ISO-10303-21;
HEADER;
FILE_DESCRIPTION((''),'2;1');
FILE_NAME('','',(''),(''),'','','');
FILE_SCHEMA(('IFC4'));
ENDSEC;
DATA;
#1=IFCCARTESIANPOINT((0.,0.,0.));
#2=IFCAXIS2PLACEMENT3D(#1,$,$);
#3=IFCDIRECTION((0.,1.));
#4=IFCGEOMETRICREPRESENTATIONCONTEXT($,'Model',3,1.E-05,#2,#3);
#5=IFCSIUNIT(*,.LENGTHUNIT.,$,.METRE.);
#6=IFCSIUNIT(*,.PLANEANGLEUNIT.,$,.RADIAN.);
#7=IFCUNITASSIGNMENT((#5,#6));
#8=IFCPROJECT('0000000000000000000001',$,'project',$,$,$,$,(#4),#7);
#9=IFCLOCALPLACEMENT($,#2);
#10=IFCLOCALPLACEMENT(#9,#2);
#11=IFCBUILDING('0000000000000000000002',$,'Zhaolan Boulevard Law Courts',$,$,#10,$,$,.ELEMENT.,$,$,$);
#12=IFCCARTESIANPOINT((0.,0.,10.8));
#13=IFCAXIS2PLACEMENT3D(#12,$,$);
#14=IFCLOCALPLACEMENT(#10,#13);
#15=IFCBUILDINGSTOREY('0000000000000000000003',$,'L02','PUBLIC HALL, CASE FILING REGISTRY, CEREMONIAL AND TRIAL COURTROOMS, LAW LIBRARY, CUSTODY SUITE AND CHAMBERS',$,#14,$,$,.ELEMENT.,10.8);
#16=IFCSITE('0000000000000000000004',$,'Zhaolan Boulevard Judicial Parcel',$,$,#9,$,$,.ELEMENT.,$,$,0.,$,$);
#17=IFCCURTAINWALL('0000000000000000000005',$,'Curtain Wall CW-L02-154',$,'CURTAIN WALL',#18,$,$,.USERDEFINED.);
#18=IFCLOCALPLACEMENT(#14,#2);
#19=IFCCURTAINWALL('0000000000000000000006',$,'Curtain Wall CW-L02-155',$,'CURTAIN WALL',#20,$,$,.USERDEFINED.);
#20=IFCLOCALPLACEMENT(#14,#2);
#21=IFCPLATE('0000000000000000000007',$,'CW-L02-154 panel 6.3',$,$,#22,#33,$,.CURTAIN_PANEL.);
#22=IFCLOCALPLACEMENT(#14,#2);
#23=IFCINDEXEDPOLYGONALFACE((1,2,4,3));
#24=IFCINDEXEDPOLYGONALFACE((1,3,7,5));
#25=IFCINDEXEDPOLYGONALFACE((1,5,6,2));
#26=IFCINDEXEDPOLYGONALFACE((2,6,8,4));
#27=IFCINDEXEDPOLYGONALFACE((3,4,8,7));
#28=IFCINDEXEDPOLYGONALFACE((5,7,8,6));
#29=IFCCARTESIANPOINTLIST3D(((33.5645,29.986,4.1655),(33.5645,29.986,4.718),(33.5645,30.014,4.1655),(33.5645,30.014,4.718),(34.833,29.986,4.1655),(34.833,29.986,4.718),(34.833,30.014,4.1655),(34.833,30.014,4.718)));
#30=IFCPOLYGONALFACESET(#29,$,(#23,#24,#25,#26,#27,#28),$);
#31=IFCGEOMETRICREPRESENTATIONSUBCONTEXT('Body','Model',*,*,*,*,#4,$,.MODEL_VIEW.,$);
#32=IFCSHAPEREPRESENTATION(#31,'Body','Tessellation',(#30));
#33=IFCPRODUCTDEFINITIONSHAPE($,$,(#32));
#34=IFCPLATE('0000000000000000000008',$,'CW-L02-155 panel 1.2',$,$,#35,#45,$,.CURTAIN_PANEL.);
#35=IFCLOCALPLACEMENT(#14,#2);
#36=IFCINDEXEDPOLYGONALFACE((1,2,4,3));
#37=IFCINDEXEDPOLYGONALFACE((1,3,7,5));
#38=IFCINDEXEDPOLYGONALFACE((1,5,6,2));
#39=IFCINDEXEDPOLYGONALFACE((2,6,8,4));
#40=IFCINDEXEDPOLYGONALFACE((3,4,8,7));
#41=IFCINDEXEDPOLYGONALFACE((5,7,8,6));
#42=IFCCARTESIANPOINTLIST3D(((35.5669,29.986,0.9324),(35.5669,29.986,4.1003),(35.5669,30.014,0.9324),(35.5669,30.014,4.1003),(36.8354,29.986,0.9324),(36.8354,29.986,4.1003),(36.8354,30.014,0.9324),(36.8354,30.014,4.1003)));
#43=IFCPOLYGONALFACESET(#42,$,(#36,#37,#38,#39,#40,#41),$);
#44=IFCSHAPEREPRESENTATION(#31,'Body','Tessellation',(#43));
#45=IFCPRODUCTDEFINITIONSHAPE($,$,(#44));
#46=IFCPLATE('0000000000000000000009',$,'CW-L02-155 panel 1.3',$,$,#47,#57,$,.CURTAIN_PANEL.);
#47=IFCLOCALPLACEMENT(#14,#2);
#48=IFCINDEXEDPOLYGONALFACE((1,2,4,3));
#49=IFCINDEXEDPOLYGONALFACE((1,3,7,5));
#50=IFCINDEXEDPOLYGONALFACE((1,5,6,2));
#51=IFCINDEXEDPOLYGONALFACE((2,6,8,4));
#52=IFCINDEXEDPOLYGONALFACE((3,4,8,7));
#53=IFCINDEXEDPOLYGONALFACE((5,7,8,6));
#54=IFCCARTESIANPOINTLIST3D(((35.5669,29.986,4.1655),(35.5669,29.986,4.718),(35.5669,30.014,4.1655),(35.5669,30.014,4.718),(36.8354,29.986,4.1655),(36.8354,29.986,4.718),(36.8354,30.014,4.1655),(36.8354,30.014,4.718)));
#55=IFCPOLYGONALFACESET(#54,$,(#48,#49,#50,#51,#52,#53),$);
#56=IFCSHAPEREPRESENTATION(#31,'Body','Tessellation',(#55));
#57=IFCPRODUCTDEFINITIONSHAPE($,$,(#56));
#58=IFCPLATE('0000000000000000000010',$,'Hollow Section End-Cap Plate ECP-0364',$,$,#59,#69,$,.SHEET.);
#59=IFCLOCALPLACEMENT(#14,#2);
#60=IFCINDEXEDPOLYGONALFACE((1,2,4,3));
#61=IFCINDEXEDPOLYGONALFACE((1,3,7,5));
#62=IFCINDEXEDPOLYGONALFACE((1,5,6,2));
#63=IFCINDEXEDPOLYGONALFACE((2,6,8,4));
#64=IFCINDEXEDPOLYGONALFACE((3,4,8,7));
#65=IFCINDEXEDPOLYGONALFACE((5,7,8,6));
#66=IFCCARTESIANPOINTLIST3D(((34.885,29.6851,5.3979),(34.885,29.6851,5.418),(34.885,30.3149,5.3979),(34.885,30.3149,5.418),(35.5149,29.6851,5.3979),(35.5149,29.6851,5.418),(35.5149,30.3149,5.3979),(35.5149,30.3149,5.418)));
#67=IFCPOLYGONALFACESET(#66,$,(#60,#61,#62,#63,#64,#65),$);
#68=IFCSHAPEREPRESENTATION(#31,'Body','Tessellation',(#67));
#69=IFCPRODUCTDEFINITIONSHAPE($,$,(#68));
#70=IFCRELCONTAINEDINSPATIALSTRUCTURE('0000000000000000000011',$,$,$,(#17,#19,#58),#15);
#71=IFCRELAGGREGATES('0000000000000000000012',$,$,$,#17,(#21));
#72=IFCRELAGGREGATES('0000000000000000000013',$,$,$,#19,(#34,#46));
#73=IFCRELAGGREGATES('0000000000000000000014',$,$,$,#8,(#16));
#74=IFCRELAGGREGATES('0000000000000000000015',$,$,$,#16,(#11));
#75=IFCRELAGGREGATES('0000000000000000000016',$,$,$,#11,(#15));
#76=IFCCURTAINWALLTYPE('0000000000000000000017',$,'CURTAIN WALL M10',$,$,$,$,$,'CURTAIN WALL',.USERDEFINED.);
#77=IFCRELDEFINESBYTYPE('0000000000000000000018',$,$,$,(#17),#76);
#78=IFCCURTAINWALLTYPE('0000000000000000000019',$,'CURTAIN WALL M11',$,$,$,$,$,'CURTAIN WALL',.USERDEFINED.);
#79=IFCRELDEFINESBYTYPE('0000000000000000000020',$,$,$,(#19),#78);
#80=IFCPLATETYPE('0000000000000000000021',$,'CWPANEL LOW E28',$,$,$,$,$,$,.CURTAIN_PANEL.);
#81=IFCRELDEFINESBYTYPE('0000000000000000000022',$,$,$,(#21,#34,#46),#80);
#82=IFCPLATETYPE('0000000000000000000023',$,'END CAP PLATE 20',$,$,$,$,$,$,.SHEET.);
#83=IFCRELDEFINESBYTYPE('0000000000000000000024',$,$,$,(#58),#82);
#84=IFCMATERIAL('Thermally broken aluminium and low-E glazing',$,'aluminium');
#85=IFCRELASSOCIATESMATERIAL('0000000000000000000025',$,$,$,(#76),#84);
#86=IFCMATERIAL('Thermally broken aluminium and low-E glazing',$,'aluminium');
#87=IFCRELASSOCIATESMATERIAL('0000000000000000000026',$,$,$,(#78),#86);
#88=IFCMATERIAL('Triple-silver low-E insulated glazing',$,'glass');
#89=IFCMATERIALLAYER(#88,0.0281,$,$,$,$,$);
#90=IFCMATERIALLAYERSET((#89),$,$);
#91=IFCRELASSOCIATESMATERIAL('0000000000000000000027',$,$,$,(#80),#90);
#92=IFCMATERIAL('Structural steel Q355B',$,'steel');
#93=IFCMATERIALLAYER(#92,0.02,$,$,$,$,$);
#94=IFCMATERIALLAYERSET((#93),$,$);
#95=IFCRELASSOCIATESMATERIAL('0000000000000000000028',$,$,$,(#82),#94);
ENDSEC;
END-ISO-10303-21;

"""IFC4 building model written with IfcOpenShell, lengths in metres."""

from ifc_helpers import new_model, si_unit, direction, frame, origin, origin_2d, place, context, subcontext, project, spatial, rectangle, extrude, material, layer, layer_set, type_object, element, aggregate, save


model = new_model("IFC4")

# Units and contexts
model_context = context("Model", 3, precision=1e-05, world=origin(), true_north=direction((0.0, 1.0)))
body_context = subcontext(model_context, "Body", "Model", "MODEL_VIEW")
ifc_project = project(units=[si_unit("LENGTHUNIT", "METRE"), si_unit("PLANEANGLEUNIT", "RADIAN")], contexts=[model_context])

# Site, building, storey
site_placement = place(None, origin())
site = spatial("IfcSite", under=ifc_project, at=site_placement, Name="Zhaolan Boulevard Judicial Parcel", CompositionType="ELEMENT", RefElevation=0.0)
building_placement = place(site_placement, origin())
building = spatial("IfcBuilding", under=site, at=building_placement, Name="Zhaolan Boulevard Law Courts", CompositionType="ELEMENT")
storey_placement = place(building_placement, frame((0.0, 0.0, 10.8)))
storey = spatial("IfcBuildingStorey", under=building, at=storey_placement, Name="L02", Description="PUBLIC HALL, CASE FILING REGISTRY, CEREMONIAL AND TRIAL COURTROOMS, LAW LIBRARY, CUSTODY SUITE AND CHAMBERS", CompositionType="ELEMENT", Elevation=10.8)

# Curtain walls
ifc_material_1 = material(Name="Thermally broken aluminium and low-E glazing", Category="aluminium")
curtain_wall_type_1 = type_object("IfcCurtainWallType", Name="CURTAIN WALL M10", ElementType="CURTAIN WALL", PredefinedType="USERDEFINED", material=ifc_material_1)
curtain_wall_1_placement = place(storey_placement, origin())
curtain_wall_1 = element("IfcCurtainWall", 1, at=curtain_wall_1_placement, inside=storey, type_object=curtain_wall_type_1, Name="Curtain Wall CW-L02-154", ObjectType="CURTAIN WALL", PredefinedType="USERDEFINED")
ifc_material_2 = material(Name="Thermally broken aluminium and low-E glazing", Category="aluminium")
curtain_wall_type_2 = type_object("IfcCurtainWallType", Name="CURTAIN WALL M11", ElementType="CURTAIN WALL", PredefinedType="USERDEFINED", material=ifc_material_2)
curtain_wall_2_placement = place(storey_placement, origin())
curtain_wall_2 = element("IfcCurtainWall", 2, at=curtain_wall_2_placement, inside=storey, type_object=curtain_wall_type_2, Name="Curtain Wall CW-L02-155", ObjectType="CURTAIN WALL", PredefinedType="USERDEFINED")

# Plates
ifc_material_3 = material(Name="Triple-silver low-E insulated glazing", Category="glass")
ifc_layer_1 = layer(ifc_material_3, 0.0281)
ifc_layer_set_1 = layer_set([ifc_layer_1])
plate_type_1 = type_object("IfcPlateType", Name="CWPANEL LOW E28", PredefinedType="CURTAIN_PANEL", material=ifc_layer_set_1)
plate_1_placement = place(storey_placement, frame((34.1987, 30.0, 4.1655), z_axis=(0.0, 0.0, 1.0), x_axis=(1.0, 0.0, 0.0)))
plate_1 = element("IfcPlate", 3, at=plate_1_placement, type_object=plate_type_1, Name="CW-L02-154 panel 6.3", PredefinedType="CURTAIN_PANEL", context=body_context, shape_type="SweptSolid", body=[
    extrude(rectangle(XDim=1.2686, YDim=0.0281, at=origin_2d()), origin(), (0.0, 0.0, 1.0), 0.5525),
])
aggregate(curtain_wall_1, [plate_1])
plate_2_placement = place(storey_placement, frame((36.2012, 30.0, 0.9324), z_axis=(0.0, 0.0, 1.0), x_axis=(1.0, 0.0, 0.0)))
plate_2 = element("IfcPlate", 4, at=plate_2_placement, type_object=plate_type_1, Name="CW-L02-155 panel 1.2", PredefinedType="CURTAIN_PANEL", context=body_context, shape_type="SweptSolid", body=[
    extrude(rectangle(XDim=1.2686, YDim=0.0281, at=origin_2d()), origin(), (0.0, 0.0, 1.0), 3.168),
])
plate_3_placement = place(storey_placement, frame((36.2012, 30.0, 4.1655), z_axis=(0.0, 0.0, 1.0), x_axis=(1.0, 0.0, 0.0)))
plate_3 = element("IfcPlate", 5, at=plate_3_placement, type_object=plate_type_1, Name="CW-L02-155 panel 1.3", PredefinedType="CURTAIN_PANEL", context=body_context, shape_type="SweptSolid", body=[
    extrude(rectangle(XDim=1.2686, YDim=0.0281, at=origin_2d()), origin(), (0.0, 0.0, 1.0), 0.5525),
])
aggregate(curtain_wall_2, [plate_2, plate_3])
ifc_material_4 = material(Name="Structural steel Q355B", Category="steel")
ifc_layer_2 = layer(ifc_material_4, 0.02)
ifc_layer_set_2 = layer_set([ifc_layer_2])
plate_type_2 = type_object("IfcPlateType", Name="END CAP PLATE 20", PredefinedType="SHEET", material=ifc_layer_set_2)
plate_4_placement = place(storey_placement, frame((35.2, 30.0, 5.3979), z_axis=(0.0, 0.0, 1.0), x_axis=(1.0, 0.0, 0.0)))
element("IfcPlate", 6, at=plate_4_placement, inside=storey, type_object=plate_type_2, Name="Hollow Section End-Cap Plate ECP-0364", PredefinedType="SHEET", context=body_context, shape_type="SweptSolid", body=[
    extrude(rectangle(XDim=0.6299, YDim=0.6299, at=origin_2d()), origin(), (0.0, 0.0, 1.0), 0.02),
])

save(model, "model.ifc")
